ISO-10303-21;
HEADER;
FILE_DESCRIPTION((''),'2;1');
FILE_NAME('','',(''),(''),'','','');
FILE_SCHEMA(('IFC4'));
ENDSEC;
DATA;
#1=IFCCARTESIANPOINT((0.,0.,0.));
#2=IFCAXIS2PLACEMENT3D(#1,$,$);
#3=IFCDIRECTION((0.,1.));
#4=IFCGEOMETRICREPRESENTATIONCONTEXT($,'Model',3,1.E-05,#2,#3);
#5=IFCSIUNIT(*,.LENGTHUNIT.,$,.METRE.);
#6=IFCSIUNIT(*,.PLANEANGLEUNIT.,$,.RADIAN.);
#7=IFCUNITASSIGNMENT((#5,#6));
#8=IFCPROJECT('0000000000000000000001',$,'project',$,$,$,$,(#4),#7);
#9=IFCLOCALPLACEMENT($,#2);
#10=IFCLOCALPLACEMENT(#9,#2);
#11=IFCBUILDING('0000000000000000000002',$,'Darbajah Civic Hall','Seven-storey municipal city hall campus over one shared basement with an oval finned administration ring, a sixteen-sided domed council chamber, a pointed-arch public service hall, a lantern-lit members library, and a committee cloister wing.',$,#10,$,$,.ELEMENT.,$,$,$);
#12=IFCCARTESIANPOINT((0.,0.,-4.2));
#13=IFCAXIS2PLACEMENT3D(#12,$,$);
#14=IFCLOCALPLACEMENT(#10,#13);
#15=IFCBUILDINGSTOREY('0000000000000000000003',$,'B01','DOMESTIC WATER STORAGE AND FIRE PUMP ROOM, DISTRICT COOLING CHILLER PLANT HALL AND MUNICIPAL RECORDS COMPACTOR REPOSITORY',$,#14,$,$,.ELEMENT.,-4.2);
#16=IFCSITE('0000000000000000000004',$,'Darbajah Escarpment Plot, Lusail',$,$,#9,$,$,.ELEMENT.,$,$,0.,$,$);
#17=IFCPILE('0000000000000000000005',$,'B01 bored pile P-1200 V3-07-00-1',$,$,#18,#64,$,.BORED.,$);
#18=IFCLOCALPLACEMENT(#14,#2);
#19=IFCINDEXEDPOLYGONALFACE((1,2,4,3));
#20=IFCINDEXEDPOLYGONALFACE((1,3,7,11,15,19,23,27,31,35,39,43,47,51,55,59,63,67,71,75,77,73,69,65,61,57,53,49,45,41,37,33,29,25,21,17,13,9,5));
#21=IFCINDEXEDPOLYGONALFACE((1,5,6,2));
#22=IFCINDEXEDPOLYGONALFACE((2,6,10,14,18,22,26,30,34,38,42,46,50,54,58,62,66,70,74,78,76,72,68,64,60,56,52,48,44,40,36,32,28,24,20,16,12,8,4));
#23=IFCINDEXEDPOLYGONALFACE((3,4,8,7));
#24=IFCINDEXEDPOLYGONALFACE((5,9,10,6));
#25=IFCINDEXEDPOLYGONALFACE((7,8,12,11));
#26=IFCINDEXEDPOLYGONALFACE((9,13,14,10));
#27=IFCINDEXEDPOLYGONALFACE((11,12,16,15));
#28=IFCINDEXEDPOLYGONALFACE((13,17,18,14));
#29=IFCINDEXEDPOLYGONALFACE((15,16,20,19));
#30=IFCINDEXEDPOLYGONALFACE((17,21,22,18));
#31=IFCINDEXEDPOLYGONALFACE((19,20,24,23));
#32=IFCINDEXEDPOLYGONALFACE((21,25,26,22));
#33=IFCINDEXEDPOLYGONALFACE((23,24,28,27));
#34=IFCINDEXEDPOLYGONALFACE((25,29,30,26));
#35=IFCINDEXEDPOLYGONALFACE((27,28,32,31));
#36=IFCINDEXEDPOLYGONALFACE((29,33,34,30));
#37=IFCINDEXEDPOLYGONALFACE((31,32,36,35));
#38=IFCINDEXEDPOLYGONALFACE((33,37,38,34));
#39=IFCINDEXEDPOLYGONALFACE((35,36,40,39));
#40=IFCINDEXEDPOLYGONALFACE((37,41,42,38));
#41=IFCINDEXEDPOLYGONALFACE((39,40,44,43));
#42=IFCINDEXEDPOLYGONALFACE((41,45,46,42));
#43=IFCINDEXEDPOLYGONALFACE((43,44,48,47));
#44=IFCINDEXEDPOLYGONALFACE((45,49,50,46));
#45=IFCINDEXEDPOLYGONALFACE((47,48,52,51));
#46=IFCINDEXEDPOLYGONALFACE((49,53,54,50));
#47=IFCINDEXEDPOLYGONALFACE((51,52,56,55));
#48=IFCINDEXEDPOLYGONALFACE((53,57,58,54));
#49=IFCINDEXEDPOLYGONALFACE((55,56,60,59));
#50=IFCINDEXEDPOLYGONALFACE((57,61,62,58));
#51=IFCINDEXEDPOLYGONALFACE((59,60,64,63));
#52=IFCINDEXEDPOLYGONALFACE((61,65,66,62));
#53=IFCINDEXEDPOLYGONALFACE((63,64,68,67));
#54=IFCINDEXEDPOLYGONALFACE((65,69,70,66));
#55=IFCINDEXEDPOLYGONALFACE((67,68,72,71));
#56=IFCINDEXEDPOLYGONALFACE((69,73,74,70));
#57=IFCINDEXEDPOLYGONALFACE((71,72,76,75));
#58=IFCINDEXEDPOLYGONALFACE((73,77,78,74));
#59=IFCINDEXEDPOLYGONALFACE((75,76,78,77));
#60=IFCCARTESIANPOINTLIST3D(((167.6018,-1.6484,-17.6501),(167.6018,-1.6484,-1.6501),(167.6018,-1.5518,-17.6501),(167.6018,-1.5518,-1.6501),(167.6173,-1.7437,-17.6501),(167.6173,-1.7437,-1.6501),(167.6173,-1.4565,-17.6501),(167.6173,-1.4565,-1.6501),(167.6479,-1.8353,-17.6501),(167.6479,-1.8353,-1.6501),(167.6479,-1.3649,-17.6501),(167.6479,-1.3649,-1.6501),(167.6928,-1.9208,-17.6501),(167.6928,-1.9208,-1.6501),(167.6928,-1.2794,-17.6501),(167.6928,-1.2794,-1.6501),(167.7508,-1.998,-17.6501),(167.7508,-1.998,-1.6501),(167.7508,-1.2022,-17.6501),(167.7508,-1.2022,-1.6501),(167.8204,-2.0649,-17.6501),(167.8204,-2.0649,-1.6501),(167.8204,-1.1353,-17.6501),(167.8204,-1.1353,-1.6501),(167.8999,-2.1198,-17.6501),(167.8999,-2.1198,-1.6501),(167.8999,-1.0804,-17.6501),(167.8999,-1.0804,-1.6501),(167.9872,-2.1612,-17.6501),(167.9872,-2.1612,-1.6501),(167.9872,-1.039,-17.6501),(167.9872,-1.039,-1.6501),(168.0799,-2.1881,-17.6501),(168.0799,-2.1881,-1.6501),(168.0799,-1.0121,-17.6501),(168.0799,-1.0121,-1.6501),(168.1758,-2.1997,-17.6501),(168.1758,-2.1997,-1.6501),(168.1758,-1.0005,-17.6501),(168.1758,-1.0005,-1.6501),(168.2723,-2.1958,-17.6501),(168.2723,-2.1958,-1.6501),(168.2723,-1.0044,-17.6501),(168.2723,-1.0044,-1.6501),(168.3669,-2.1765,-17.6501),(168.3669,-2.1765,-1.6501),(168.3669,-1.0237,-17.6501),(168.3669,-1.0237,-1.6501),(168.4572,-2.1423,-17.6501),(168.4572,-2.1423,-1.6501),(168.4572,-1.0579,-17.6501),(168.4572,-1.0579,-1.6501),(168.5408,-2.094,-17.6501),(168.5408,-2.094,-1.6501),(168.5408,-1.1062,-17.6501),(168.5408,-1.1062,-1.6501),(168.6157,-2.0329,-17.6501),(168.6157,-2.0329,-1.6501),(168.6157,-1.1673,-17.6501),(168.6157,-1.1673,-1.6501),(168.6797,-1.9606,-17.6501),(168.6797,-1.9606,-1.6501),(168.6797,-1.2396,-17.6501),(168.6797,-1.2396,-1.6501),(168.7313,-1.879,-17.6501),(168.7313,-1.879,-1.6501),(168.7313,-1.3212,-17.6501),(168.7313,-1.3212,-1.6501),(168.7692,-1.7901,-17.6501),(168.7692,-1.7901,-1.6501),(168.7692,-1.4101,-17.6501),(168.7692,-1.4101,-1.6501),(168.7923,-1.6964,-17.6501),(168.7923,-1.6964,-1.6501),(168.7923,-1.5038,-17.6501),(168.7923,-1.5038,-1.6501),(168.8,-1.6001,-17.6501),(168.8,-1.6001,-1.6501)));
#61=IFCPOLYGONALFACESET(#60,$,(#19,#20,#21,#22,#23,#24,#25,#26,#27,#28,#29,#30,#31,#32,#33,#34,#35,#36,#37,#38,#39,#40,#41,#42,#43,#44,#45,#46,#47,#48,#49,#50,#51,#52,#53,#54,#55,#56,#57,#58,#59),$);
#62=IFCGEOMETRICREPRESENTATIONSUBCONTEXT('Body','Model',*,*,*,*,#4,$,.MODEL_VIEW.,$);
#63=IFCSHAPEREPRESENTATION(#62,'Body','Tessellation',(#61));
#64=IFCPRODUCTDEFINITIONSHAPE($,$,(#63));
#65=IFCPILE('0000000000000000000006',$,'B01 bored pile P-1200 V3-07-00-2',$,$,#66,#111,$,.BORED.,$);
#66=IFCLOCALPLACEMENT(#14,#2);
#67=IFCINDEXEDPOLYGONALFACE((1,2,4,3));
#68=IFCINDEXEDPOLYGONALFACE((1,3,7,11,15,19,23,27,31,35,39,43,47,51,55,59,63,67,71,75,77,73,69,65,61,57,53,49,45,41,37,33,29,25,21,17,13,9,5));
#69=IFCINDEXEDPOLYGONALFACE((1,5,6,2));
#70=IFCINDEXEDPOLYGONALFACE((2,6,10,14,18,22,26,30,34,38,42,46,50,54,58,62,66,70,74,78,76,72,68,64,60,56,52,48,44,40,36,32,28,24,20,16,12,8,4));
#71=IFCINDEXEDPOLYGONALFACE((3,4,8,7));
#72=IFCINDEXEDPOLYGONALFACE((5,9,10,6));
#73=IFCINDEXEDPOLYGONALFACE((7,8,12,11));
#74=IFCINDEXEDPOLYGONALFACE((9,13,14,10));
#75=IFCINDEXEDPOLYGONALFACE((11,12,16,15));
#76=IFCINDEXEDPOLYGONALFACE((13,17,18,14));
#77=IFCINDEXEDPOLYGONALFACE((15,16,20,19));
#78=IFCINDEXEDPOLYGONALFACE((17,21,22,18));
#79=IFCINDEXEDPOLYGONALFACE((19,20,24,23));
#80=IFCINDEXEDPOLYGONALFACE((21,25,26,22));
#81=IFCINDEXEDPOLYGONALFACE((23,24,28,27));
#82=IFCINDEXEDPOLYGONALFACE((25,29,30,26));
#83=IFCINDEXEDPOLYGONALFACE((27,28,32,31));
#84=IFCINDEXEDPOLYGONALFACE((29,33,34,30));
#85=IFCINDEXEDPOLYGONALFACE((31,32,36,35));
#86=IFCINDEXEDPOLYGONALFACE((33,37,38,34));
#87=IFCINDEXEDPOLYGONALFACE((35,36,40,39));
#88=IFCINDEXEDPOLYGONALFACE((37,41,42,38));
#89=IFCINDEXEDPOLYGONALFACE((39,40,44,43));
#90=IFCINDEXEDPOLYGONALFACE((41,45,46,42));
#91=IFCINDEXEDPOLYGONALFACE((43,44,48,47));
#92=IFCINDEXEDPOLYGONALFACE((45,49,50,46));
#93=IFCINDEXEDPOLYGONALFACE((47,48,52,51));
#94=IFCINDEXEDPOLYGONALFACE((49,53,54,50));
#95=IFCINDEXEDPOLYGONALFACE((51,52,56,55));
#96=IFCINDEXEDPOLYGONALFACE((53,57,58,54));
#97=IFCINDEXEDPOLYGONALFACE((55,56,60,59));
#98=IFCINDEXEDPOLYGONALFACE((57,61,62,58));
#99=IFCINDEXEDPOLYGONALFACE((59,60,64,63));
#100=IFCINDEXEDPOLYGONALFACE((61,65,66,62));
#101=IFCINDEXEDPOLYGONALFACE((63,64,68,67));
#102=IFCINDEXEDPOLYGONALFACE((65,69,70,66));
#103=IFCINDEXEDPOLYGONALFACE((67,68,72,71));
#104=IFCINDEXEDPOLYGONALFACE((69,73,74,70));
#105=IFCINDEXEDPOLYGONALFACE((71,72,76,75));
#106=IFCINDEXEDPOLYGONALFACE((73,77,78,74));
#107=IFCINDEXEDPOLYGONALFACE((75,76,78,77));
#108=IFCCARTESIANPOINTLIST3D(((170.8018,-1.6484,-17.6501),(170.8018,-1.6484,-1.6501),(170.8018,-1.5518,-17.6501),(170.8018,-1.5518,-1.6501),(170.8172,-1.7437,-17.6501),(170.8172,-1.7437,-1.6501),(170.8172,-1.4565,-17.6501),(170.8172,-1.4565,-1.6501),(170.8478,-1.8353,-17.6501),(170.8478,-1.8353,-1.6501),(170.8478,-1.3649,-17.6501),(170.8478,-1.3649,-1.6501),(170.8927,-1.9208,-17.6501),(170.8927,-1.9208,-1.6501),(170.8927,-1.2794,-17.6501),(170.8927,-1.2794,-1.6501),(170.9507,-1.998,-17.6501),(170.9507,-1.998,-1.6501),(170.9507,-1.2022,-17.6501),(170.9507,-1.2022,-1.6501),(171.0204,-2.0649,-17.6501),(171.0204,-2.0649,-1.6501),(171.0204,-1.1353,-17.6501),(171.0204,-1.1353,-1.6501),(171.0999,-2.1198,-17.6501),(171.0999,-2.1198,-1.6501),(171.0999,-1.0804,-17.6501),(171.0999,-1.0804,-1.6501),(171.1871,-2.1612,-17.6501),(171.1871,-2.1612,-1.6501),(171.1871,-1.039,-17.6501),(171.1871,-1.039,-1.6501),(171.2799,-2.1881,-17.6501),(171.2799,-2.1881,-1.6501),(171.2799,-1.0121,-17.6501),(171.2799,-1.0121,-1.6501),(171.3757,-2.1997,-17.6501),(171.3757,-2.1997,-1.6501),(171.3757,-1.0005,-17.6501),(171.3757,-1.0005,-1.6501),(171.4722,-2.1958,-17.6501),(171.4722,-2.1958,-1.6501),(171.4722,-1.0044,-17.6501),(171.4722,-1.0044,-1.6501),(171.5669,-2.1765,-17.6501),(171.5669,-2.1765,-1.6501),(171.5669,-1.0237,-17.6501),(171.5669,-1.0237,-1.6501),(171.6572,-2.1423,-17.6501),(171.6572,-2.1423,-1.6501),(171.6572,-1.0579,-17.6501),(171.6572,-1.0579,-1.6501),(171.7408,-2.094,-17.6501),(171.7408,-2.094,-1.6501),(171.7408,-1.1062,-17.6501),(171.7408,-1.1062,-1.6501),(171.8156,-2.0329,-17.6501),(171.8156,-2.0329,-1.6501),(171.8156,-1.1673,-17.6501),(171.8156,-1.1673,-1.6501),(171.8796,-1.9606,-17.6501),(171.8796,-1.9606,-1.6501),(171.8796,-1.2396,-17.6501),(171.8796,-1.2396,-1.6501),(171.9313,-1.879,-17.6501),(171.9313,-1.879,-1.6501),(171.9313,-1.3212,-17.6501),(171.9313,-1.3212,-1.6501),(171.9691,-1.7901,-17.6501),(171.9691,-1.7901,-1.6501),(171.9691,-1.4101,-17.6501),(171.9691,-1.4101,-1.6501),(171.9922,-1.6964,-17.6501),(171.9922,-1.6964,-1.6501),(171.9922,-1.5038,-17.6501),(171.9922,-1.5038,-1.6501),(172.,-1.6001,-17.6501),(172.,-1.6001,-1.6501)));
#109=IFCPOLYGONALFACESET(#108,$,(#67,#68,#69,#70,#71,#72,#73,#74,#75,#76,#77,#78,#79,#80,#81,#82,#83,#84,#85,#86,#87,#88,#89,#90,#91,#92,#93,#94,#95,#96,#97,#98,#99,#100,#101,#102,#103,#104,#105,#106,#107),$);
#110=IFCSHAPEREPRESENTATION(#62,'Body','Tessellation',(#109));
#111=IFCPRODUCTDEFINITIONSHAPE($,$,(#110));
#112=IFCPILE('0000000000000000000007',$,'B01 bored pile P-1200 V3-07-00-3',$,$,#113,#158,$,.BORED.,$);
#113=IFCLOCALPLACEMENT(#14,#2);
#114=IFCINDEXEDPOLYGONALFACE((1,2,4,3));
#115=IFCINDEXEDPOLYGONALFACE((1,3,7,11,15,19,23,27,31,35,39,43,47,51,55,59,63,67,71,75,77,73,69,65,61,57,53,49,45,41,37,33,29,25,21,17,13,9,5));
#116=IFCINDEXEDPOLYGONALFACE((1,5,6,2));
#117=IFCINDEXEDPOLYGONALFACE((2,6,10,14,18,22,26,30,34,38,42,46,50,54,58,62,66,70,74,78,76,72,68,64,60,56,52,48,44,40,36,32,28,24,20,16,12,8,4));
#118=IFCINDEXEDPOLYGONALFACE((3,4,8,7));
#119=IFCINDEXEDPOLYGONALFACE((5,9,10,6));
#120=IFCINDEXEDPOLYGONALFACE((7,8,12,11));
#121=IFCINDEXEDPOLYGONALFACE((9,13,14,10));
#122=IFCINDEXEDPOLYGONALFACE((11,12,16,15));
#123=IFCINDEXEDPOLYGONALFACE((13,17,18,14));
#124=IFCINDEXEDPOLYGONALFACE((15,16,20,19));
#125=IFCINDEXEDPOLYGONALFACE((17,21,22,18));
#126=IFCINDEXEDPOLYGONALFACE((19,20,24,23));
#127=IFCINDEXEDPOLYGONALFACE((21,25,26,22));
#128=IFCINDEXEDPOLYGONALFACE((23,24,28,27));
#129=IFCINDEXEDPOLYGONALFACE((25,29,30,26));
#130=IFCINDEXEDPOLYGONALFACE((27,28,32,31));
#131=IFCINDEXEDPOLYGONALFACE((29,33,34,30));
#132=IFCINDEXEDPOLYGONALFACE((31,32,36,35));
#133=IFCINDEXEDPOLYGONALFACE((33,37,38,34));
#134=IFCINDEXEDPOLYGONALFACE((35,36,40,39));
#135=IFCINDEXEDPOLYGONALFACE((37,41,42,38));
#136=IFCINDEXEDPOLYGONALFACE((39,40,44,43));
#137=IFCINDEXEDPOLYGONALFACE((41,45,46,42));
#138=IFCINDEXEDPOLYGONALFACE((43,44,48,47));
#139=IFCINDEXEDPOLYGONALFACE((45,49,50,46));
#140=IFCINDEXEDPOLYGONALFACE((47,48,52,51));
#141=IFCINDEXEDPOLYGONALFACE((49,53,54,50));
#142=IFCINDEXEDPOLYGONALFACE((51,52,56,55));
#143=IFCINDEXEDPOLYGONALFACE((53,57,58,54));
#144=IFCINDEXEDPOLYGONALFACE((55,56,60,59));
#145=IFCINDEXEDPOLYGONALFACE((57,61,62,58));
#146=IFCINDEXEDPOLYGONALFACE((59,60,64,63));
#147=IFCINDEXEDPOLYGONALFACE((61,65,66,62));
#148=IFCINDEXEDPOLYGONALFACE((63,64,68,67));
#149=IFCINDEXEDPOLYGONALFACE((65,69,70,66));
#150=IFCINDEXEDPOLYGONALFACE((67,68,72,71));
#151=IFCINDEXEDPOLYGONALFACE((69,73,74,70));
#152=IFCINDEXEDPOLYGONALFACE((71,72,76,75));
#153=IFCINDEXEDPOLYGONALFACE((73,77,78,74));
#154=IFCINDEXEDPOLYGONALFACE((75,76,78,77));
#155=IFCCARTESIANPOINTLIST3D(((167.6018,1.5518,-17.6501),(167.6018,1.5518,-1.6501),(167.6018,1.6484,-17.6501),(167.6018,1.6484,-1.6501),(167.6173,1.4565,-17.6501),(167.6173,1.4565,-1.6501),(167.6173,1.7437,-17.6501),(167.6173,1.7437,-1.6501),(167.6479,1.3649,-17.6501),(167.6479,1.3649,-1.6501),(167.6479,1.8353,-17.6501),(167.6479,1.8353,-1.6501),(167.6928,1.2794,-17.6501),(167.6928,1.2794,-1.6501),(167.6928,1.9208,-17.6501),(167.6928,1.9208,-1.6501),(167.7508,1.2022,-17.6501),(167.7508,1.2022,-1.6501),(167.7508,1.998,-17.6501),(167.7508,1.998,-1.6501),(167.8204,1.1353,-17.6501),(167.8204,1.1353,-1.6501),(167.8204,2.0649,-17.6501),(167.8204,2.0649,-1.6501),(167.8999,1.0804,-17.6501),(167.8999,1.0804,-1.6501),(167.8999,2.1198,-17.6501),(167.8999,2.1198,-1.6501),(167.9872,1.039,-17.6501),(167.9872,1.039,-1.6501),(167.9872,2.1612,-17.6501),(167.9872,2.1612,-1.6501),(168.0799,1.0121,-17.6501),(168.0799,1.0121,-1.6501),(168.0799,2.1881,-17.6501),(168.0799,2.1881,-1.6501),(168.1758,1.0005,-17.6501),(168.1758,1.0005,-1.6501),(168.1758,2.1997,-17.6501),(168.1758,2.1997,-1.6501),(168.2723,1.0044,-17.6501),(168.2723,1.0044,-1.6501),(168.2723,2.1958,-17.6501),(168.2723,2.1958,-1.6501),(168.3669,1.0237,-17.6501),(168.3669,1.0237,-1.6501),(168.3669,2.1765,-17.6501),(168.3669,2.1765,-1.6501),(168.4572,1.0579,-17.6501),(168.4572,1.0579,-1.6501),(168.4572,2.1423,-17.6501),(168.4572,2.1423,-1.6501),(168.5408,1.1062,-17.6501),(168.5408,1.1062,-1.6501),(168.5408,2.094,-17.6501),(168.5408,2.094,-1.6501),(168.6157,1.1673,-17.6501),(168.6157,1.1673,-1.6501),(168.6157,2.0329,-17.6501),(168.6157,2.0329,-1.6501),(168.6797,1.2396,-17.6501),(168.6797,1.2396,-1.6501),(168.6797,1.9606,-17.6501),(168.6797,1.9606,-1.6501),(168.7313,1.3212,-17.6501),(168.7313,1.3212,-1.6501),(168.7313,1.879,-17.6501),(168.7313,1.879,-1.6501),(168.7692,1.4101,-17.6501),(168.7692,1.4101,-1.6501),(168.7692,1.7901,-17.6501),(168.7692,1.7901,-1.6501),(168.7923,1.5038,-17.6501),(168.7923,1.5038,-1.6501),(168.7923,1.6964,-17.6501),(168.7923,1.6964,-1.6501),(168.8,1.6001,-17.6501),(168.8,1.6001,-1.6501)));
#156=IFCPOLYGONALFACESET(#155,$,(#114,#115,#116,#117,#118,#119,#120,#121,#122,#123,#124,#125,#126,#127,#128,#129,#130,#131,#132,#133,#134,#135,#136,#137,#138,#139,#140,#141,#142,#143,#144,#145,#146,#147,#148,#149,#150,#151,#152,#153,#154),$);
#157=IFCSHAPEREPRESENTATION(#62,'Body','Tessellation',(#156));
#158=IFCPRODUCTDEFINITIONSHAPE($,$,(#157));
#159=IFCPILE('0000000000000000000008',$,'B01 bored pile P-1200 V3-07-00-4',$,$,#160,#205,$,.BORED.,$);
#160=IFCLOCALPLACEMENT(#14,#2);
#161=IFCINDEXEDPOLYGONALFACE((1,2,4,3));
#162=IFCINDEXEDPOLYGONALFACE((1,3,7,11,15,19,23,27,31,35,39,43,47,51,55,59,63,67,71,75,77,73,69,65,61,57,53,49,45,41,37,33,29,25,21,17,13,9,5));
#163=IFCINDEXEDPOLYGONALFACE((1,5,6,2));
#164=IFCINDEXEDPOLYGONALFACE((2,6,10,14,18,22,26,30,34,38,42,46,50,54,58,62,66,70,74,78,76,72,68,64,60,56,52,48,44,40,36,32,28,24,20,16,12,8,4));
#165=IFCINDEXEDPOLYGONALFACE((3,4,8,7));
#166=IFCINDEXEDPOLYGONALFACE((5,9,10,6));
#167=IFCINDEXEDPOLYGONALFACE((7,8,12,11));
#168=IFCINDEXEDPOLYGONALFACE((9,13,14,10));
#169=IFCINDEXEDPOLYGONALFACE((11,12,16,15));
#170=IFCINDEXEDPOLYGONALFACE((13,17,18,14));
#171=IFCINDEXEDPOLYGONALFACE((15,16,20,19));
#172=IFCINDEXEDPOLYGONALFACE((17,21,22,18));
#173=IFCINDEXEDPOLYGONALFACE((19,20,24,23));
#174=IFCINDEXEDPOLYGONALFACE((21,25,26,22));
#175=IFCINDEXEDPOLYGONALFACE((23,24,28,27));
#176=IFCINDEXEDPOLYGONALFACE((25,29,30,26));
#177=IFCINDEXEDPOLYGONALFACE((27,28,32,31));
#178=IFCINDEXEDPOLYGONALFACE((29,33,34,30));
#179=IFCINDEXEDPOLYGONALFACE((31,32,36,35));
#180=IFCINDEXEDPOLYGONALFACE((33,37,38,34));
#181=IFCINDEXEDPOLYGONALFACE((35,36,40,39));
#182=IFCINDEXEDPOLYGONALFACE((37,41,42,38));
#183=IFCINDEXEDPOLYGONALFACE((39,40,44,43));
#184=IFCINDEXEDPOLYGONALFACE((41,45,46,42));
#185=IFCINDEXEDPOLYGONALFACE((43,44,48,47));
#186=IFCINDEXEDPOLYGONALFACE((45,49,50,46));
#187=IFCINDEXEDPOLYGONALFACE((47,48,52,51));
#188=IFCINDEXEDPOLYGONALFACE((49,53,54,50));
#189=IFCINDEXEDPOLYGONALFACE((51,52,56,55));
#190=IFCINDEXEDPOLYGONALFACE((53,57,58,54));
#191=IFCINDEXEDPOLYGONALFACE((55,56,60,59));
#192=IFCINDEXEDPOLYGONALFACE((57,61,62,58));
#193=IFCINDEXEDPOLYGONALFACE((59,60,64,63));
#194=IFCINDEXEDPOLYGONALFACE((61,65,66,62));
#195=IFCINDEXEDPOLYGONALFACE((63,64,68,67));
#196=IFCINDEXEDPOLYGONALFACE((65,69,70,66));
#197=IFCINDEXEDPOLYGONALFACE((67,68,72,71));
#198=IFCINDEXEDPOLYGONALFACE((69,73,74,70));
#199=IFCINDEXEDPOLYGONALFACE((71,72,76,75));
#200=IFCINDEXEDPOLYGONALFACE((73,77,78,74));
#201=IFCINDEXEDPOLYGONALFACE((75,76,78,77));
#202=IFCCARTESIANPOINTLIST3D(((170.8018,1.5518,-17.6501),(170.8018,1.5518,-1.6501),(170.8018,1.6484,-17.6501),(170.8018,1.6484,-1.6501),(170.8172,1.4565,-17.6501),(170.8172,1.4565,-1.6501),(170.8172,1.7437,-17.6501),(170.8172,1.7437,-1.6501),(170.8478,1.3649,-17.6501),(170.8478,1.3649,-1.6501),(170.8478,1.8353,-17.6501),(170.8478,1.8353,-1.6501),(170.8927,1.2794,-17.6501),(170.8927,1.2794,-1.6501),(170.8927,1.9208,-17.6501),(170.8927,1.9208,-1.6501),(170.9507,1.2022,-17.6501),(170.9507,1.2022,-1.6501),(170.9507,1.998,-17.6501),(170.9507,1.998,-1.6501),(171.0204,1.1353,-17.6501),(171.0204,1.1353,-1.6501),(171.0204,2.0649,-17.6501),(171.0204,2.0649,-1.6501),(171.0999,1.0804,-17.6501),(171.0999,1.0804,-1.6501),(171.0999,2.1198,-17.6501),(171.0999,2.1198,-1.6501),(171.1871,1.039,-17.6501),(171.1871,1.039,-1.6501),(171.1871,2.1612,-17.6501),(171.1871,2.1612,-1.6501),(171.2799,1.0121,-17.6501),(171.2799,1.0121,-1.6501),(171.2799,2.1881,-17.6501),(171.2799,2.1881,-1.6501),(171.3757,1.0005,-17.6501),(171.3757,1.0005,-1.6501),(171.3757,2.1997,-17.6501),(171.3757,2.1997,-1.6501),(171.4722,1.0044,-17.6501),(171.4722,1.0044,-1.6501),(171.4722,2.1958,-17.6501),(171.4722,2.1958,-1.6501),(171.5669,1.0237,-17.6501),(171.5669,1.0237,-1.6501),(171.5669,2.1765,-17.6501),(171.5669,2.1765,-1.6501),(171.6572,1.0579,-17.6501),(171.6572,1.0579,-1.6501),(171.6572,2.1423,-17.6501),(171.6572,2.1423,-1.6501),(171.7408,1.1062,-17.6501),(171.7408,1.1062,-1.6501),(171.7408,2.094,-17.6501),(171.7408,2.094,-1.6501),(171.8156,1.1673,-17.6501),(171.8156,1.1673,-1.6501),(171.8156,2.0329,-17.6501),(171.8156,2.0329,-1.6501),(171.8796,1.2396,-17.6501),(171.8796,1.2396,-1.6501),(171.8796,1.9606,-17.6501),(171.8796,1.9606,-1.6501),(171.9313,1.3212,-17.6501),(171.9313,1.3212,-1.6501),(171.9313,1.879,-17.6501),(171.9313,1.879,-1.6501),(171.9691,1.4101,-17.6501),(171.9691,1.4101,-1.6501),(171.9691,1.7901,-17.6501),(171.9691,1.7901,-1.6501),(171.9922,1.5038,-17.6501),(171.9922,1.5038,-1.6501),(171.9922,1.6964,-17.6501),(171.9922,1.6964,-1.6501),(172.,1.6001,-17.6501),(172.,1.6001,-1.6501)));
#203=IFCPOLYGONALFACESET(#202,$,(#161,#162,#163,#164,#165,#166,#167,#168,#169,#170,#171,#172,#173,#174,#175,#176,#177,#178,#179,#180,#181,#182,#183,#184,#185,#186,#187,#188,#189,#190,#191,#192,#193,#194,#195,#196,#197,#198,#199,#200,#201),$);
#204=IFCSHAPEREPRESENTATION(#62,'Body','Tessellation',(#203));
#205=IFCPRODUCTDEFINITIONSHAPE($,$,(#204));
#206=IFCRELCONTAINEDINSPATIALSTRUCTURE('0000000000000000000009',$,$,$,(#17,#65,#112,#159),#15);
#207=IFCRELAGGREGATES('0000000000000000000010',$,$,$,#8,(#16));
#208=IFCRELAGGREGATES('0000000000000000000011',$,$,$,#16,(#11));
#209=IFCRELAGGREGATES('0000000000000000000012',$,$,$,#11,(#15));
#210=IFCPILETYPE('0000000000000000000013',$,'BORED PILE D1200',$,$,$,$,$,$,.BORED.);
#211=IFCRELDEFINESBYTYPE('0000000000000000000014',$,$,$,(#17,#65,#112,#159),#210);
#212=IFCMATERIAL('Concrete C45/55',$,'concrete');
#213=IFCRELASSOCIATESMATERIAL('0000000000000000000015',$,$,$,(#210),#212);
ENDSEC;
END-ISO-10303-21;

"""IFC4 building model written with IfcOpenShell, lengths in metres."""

from ifc_helpers import new_model, si_unit, direction, frame, origin, origin_2d, place, context, subcontext, project, spatial, circle, extrude, material, material_profile, profile_set, type_object, element, save


model = new_model("IFC4")

# Units and contexts
model_context = context("Model", 3, precision=1e-05, world=origin(), true_north=direction((0.0, 1.0)))
body_context = subcontext(model_context, "Body", "Model", "MODEL_VIEW")
ifc_project = project(units=[si_unit("LENGTHUNIT", "METRE"), si_unit("PLANEANGLEUNIT", "RADIAN")], contexts=[model_context])

# Site, building, storey
site_placement = place(None, origin())
site = spatial("IfcSite", under=ifc_project, at=site_placement, Name="Darbajah Escarpment Plot, Lusail", CompositionType="ELEMENT", RefElevation=0.0)
building_placement = place(site_placement, origin())
building = spatial("IfcBuilding", under=site, at=building_placement, Name="Darbajah Civic Hall", Description="Seven-storey municipal city hall campus over one shared basement with an oval finned administration ring, a sixteen-sided domed council chamber, a pointed-arch public service hall, a lantern-lit members library, and a committee cloister wing.", CompositionType="ELEMENT")
storey_placement = place(building_placement, frame((0.0, 0.0, -4.2)))
storey = spatial("IfcBuildingStorey", under=building, at=storey_placement, Name="B01", Description="DOMESTIC WATER STORAGE AND FIRE PUMP ROOM, DISTRICT COOLING CHILLER PLANT HALL AND MUNICIPAL RECORDS COMPACTOR REPOSITORY", CompositionType="ELEMENT", Elevation=-4.2)

# Piles
ifc_material_1 = material(Name="Concrete C45/55", Category="concrete")
ifc_material_profile_1 = material_profile(ifc_material_1, circle(Radius=0.6001, at=origin_2d()), Name="BORED PILE D1200")
ifc_profile_set_1 = profile_set([ifc_material_profile_1], Name="Concrete C45/55")
pile_type_1 = type_object("IfcPileType", Name="BORED PILE D1200", PredefinedType="BORED", material=ifc_profile_set_1)
for number, where, z_axis, x_axis, name in (
    (1, (168.2, -1.6001, -1.6501), (0.0, 0.0, -1.0), (1.0, 0.0, 0.0), "B01 bored pile P-1200 V3-07-00-1"),
    (2, (171.3999, -1.6001, -1.6501), (0.0, 0.0, -1.0), (1.0, 0.0, 0.0), "B01 bored pile P-1200 V3-07-00-2"),
    (3, (168.2, 1.6001, -1.6501), (0.0, 0.0, -1.0), (1.0, 0.0, 0.0), "B01 bored pile P-1200 V3-07-00-3"),
    (4, (171.3999, 1.6001, -1.6501), (0.0, 0.0, -1.0), (1.0, 0.0, 0.0), "B01 bored pile P-1200 V3-07-00-4"),
):
    element("IfcPile", number, at=place(storey_placement, frame(where, z_axis=z_axis, x_axis=x_axis)), inside=storey, type_object=pile_type_1, Name=name, PredefinedType="BORED", context=body_context, shape_type="SweptSolid", body=[
        extrude(circle(Radius=0.6001, at=origin_2d()), origin(), (0.0, 0.0, 1.0), 16.0),
    ])

save(model, "model.ifc")
